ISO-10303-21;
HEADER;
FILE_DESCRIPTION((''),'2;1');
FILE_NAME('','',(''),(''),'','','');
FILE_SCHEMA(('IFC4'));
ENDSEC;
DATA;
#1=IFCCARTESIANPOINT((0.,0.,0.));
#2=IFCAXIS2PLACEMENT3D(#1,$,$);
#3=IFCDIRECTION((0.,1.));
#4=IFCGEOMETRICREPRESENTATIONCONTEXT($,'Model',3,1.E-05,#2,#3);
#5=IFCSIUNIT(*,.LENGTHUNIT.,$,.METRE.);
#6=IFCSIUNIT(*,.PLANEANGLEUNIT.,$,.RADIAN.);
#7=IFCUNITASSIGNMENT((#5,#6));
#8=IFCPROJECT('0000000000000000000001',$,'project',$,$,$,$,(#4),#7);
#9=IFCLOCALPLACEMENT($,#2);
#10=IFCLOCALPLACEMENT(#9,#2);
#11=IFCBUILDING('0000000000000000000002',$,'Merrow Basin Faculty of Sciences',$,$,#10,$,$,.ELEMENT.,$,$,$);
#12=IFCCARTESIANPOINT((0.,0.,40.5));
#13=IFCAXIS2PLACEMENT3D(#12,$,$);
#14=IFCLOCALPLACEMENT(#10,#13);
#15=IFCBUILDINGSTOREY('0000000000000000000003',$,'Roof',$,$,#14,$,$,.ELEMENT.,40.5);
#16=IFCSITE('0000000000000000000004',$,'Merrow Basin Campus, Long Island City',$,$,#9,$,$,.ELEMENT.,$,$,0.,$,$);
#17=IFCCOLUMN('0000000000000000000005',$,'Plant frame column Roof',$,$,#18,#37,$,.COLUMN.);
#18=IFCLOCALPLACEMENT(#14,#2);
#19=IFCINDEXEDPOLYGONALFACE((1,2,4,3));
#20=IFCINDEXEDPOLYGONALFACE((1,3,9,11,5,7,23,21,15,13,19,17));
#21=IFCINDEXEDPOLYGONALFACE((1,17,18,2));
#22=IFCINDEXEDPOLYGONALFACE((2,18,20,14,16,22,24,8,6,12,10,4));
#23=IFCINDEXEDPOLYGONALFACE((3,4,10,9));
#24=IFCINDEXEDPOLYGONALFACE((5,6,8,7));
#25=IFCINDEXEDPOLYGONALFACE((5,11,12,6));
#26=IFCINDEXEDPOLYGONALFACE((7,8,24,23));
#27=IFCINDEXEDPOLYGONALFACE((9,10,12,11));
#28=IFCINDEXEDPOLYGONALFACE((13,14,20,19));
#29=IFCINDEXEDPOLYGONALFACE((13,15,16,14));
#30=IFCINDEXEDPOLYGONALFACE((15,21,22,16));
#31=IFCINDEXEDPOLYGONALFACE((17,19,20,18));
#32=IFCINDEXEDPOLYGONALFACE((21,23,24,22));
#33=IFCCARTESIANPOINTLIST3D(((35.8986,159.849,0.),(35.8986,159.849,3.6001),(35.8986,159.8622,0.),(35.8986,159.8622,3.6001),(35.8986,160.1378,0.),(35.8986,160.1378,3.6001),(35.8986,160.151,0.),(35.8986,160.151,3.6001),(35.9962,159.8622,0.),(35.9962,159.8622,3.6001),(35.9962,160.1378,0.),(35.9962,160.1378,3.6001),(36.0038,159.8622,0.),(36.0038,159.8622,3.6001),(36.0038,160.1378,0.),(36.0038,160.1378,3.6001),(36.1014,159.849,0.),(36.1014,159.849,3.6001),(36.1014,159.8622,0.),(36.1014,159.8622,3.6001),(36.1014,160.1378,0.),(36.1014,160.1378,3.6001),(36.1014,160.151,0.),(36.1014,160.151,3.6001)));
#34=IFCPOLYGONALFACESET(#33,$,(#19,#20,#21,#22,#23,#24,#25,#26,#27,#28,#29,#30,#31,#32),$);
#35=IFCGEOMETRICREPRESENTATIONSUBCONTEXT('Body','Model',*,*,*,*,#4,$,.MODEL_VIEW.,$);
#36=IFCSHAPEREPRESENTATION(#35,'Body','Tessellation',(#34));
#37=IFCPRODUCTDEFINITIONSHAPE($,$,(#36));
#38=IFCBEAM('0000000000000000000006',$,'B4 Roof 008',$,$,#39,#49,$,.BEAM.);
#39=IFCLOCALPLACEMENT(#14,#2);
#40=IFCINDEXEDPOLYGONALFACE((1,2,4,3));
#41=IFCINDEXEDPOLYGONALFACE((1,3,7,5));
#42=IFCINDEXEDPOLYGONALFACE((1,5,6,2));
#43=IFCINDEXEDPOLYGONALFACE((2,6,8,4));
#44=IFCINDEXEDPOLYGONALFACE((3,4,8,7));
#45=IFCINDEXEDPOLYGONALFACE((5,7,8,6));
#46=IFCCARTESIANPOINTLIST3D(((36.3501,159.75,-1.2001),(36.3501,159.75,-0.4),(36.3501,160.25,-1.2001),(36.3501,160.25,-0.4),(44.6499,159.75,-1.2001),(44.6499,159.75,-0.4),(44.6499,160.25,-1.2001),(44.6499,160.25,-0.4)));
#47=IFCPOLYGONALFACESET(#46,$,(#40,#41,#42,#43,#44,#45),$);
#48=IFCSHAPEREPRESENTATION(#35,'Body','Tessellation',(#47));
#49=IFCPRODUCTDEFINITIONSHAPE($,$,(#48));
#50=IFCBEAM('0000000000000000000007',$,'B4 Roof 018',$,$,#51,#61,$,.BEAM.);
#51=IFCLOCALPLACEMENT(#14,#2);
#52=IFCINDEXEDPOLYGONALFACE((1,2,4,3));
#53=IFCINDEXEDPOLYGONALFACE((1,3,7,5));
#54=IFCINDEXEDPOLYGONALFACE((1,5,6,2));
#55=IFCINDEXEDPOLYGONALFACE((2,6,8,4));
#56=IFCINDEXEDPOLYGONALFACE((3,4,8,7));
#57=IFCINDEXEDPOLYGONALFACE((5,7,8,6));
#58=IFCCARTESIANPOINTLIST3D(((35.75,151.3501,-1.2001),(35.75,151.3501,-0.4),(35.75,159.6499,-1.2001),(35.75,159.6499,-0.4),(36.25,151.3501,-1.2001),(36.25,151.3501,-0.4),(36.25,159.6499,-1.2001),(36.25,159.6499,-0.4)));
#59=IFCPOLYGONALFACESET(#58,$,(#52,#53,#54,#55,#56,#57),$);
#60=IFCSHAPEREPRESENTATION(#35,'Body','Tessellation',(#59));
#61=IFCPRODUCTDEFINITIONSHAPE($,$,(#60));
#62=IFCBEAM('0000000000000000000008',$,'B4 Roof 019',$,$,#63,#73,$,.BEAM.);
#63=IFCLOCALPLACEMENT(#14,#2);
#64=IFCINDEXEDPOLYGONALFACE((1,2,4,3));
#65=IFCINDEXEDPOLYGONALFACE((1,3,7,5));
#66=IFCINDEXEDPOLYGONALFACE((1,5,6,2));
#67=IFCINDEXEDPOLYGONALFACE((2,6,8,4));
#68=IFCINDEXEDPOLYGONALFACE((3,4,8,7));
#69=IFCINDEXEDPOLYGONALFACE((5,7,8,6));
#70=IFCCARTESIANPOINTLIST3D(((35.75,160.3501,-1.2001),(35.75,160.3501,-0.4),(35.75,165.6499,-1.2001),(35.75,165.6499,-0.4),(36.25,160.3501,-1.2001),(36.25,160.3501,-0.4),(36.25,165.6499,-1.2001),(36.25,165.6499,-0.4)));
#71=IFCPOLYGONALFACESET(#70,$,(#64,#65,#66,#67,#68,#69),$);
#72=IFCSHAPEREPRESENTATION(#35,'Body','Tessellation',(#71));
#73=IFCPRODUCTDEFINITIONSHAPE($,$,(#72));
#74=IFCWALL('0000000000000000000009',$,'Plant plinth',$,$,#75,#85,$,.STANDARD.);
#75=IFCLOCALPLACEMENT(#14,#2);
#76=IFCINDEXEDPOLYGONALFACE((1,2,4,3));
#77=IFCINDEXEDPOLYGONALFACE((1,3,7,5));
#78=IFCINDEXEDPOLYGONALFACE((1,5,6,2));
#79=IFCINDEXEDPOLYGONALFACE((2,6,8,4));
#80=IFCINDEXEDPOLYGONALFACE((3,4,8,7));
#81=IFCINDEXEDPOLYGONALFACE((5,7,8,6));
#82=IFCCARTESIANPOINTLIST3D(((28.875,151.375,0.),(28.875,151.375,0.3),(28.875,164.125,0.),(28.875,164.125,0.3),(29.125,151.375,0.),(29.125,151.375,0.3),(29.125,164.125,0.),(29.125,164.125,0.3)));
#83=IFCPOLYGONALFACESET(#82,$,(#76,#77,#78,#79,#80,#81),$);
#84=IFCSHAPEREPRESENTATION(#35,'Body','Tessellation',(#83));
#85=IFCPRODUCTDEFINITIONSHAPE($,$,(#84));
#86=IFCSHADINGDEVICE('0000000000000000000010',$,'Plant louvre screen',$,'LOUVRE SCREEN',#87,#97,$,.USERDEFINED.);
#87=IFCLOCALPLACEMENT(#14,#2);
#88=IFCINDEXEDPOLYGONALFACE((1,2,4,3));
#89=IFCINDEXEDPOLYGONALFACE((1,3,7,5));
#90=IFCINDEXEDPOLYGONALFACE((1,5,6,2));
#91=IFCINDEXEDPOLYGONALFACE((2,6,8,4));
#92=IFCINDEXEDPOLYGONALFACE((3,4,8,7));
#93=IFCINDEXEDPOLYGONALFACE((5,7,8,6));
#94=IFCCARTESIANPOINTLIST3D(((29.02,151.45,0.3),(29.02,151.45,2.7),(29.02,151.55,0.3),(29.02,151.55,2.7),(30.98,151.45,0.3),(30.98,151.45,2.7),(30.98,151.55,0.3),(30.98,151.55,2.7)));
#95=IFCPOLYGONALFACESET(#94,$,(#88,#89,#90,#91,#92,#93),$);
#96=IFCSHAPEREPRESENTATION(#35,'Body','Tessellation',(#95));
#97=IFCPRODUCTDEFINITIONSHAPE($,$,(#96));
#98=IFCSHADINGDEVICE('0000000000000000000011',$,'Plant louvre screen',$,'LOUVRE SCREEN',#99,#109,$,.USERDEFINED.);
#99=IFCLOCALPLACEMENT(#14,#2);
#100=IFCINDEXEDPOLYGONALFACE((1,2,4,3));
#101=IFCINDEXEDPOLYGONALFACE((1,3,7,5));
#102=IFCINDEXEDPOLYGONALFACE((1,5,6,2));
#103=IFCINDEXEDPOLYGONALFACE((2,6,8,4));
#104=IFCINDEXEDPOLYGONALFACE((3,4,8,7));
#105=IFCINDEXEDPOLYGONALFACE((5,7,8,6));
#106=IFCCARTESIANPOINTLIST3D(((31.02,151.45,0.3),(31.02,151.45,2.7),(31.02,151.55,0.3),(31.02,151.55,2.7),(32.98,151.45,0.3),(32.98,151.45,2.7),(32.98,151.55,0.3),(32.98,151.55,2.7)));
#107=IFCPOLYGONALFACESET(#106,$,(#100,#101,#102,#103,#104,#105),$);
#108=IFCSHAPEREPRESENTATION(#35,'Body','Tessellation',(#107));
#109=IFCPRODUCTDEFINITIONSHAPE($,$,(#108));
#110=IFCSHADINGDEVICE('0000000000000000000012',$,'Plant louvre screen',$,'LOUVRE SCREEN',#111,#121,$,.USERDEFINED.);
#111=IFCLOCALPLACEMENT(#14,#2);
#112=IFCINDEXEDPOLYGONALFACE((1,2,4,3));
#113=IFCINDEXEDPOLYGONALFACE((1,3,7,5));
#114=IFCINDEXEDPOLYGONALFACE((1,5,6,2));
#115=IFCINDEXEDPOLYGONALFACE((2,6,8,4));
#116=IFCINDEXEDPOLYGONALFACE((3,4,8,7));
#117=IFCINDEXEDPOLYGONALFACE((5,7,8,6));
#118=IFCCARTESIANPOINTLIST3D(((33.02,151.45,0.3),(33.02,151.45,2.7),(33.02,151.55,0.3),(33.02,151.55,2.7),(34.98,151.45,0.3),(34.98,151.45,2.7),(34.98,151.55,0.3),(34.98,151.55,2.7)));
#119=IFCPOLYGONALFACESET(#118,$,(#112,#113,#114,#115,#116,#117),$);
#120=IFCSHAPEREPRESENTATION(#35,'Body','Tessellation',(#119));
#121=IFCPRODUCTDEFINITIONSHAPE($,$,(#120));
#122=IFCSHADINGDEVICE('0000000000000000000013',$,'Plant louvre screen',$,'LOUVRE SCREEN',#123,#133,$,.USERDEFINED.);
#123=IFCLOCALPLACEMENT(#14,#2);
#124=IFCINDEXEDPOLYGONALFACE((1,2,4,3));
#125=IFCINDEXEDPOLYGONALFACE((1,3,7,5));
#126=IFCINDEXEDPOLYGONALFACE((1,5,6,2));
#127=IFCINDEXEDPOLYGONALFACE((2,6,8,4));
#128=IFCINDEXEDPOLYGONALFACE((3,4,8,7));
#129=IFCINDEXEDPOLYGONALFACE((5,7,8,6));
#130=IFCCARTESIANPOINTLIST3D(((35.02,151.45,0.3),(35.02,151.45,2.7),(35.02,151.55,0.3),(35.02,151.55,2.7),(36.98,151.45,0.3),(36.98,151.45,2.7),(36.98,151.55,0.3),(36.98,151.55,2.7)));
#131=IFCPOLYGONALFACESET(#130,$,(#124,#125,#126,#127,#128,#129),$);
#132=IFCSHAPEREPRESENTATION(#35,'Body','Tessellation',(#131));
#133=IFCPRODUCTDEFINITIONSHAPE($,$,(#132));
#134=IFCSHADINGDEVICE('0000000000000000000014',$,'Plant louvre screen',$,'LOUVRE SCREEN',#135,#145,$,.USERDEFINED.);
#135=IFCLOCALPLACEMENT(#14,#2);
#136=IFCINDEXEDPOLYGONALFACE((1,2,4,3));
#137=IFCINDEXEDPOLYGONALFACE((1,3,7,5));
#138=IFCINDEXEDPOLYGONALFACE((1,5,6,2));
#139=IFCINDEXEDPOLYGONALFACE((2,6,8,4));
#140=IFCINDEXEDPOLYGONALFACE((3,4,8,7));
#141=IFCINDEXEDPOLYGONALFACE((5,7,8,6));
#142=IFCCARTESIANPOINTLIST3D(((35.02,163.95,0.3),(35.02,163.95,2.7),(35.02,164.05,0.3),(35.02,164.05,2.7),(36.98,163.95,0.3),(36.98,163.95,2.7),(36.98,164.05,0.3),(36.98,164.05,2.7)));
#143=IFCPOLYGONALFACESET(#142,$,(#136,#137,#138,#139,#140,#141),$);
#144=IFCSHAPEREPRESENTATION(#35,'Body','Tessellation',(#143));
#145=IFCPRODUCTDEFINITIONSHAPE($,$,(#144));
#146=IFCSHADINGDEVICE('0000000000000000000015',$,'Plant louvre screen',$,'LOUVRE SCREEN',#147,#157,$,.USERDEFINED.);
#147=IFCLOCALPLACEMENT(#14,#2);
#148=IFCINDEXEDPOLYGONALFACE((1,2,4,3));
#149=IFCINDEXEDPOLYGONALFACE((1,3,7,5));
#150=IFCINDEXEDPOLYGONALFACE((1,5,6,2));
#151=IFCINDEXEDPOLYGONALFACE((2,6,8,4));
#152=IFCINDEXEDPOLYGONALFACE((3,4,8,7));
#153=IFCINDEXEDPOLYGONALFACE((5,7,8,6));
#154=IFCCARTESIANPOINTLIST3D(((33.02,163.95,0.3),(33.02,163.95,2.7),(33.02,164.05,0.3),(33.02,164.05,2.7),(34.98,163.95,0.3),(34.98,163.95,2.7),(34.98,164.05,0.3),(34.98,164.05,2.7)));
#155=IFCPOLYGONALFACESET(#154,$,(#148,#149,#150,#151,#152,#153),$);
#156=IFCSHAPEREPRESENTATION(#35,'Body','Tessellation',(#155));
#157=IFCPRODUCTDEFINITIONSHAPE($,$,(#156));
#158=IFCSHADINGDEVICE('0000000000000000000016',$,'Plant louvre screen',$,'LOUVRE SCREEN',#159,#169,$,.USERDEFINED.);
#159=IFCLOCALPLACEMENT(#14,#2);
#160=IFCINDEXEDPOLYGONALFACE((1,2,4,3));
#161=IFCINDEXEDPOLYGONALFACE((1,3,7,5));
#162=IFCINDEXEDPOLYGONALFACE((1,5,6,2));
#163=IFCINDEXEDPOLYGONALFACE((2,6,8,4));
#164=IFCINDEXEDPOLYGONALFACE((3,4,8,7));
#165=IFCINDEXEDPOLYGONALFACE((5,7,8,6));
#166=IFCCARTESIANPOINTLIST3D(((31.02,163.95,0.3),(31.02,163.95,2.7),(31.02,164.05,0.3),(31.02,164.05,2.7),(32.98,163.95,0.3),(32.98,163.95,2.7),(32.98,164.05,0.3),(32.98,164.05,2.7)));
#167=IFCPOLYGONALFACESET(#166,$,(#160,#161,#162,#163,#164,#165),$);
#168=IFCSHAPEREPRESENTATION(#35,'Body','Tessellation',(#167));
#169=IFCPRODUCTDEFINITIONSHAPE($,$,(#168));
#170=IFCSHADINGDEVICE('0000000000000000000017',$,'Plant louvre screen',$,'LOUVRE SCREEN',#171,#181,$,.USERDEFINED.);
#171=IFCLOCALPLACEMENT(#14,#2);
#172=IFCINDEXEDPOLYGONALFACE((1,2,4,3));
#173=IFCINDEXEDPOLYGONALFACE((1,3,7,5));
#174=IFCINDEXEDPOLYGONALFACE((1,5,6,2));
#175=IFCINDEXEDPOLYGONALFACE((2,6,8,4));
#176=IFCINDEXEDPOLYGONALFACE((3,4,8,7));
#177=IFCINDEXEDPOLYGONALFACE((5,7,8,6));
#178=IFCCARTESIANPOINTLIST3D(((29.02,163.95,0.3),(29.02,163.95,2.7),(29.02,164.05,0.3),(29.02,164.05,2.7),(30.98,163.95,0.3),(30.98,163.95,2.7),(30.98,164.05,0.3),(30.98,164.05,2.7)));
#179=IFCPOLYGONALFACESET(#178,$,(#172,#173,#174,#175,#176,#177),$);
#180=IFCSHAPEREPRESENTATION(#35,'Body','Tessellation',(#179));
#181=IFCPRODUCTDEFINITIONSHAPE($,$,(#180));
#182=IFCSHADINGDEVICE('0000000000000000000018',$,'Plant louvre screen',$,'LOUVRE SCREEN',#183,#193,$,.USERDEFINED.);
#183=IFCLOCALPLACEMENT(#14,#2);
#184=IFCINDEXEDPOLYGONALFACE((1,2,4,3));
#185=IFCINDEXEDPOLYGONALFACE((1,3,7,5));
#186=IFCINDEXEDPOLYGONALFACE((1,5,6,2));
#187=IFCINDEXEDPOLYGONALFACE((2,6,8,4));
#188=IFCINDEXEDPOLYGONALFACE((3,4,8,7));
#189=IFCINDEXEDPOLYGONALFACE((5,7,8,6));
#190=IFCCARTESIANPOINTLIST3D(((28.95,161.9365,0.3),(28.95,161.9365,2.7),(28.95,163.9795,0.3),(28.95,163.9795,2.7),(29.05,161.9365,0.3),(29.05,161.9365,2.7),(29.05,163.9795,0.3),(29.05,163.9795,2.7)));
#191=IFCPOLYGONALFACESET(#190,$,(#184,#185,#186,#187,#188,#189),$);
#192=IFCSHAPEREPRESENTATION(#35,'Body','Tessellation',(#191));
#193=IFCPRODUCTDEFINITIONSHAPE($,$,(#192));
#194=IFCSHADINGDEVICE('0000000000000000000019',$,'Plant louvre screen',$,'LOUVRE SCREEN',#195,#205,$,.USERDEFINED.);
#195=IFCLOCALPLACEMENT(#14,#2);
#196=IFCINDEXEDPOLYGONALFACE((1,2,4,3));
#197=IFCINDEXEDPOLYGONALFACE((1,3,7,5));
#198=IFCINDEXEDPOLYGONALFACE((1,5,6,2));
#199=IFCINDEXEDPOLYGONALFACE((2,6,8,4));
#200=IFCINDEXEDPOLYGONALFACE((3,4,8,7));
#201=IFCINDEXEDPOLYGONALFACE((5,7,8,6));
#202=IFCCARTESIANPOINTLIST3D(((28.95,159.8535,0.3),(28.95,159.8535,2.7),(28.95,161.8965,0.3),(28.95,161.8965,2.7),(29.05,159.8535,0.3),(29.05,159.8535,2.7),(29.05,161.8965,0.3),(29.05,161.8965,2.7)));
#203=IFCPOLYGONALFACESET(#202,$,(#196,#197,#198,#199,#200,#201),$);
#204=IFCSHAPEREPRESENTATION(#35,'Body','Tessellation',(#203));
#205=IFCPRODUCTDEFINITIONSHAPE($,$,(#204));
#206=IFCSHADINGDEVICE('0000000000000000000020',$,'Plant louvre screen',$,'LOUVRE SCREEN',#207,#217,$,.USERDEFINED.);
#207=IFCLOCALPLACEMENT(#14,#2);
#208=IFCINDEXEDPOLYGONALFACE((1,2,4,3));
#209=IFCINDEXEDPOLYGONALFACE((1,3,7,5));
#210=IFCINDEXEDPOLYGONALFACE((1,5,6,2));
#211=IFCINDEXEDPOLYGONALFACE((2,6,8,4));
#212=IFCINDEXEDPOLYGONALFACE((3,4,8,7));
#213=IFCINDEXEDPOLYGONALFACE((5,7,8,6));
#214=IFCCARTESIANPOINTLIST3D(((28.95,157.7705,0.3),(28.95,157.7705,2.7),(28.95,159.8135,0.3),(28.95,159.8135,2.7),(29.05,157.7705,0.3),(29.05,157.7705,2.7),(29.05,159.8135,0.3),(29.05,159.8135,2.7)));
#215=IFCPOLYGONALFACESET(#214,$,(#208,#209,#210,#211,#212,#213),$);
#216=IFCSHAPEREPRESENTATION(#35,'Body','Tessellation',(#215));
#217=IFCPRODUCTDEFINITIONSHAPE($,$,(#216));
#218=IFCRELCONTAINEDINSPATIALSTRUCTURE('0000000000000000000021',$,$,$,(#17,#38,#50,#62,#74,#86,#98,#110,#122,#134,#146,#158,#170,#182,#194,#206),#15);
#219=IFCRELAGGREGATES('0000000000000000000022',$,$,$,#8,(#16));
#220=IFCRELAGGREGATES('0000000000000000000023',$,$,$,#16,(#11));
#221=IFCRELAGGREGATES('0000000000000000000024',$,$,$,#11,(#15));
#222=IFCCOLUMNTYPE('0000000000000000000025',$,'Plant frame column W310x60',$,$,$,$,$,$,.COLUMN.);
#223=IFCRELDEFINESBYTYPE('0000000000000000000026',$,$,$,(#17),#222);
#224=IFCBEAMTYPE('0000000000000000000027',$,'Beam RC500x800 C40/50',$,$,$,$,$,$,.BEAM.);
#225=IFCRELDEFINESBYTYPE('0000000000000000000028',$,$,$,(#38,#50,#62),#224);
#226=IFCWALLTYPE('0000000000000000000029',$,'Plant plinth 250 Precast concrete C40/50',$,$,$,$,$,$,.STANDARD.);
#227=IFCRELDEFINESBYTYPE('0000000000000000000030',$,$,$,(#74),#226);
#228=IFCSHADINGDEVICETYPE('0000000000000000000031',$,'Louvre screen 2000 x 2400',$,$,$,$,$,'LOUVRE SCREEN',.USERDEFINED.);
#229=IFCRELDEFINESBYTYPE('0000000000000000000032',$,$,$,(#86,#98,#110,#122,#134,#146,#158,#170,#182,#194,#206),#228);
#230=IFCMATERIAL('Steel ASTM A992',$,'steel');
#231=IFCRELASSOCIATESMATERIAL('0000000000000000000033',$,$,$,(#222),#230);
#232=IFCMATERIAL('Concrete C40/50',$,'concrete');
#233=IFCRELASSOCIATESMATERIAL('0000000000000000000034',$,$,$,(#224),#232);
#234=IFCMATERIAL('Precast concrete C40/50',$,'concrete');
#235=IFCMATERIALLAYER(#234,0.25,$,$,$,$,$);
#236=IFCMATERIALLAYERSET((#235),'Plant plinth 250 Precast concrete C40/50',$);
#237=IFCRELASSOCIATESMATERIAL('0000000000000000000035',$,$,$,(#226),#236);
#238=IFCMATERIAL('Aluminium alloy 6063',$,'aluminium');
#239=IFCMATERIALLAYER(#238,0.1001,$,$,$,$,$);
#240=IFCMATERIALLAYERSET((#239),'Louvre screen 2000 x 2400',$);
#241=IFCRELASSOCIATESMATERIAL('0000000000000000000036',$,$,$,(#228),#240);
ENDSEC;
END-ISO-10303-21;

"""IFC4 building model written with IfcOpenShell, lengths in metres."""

from ifc_helpers import new_model, si_unit, direction, frame, frame_2d, origin, origin_2d, place, context, subcontext, project, spatial, rectangle, i_section, extrude, material, layer, layer_set, material_profile, profile_set, type_object, element, save


model = new_model("IFC4")

# Units and contexts
model_context = context("Model", 3, precision=1e-05, world=origin(), true_north=direction((0.0, 1.0)))
body_context = subcontext(model_context, "Body", "Model", "MODEL_VIEW")
ifc_project = project(units=[si_unit("LENGTHUNIT", "METRE"), si_unit("PLANEANGLEUNIT", "RADIAN")], contexts=[model_context])

# Site, building, storey
site_placement = place(None, origin())
site = spatial("IfcSite", under=ifc_project, at=site_placement, Name="Merrow Basin Campus, Long Island City", CompositionType="ELEMENT", RefElevation=0.0)
building_placement = place(site_placement, origin())
building = spatial("IfcBuilding", under=site, at=building_placement, Name="Merrow Basin Faculty of Sciences", CompositionType="ELEMENT")
storey_placement = place(building_placement, frame((0.0, 0.0, 40.5)))
storey = spatial("IfcBuildingStorey", under=building, at=storey_placement, Name="Roof", CompositionType="ELEMENT", Elevation=40.5)

# Column
ifc_material_1 = material(Name="Steel ASTM A992", Category="steel")
ifc_material_profile_1 = material_profile(ifc_material_1, i_section(OverallWidth=0.2029, OverallDepth=0.302, WebThickness=0.0076, FlangeThickness=0.0132, at=origin_2d()))
ifc_profile_set_1 = profile_set([ifc_material_profile_1], Name="Steel ASTM A992")
column_type = type_object("IfcColumnType", Name="Plant frame column W310x60", PredefinedType="COLUMN", material=ifc_profile_set_1)
column_placement = place(storey_placement, frame((36.0, 160.0, 0.0), z_axis=(0.0, 0.0, 1.0), x_axis=(1.0, 0.0, 0.0)))
element("IfcColumn", 1, at=column_placement, inside=storey, type_object=column_type, Name="Plant frame column Roof", PredefinedType="COLUMN", context=body_context, shape_type="SweptSolid", body=[
    extrude(i_section(OverallWidth=0.2029, OverallDepth=0.302, WebThickness=0.0076, FlangeThickness=0.0132, at=origin_2d()), origin(), (0.0, 0.0, 1.0), 3.6001),
])

# Beams
ifc_material_2 = material(Name="Concrete C40/50", Category="concrete")
ifc_material_profile_2 = material_profile(ifc_material_2, rectangle(XDim=0.5, YDim=0.8, at=origin_2d()))
ifc_profile_set_2 = profile_set([ifc_material_profile_2], Name="Concrete C40/50")
beam_type = type_object("IfcBeamType", Name="Beam RC500x800 C40/50", PredefinedType="BEAM", material=ifc_profile_set_2)
for number, where, z_axis, x_axis, name in (
    (2, (36.3501, 160.0, -0.8), (1.0, 0.0, 0.0), (0.0, 1.0, 0.0), "B4 Roof 008"),
    (3, (36.0, 151.3501, -0.8), (0.0, 1.0, 0.0), (-1.0, 0.0, 0.0), "B4 Roof 018"),
):
    element("IfcBeam", number, at=place(storey_placement, frame(where, z_axis=z_axis, x_axis=x_axis)), inside=storey, type_object=beam_type, Name=name, PredefinedType="BEAM", context=body_context, shape_type="SweptSolid", body=[
        extrude(rectangle(XDim=0.5, YDim=0.8, at=origin_2d()), origin(), (0.0, 0.0, 1.0), 8.2998),
    ])
beam_placement = place(storey_placement, frame((36.0, 160.3501, -0.8), z_axis=(0.0, 1.0, 0.0), x_axis=(-1.0, 0.0, 0.0)))
element("IfcBeam", 4, at=beam_placement, inside=storey, type_object=beam_type, Name="B4 Roof 019", PredefinedType="BEAM", context=body_context, shape_type="SweptSolid", body=[
    extrude(rectangle(XDim=0.5, YDim=0.8, at=origin_2d()), origin(), (0.0, 0.0, 1.0), 5.2998),
])

# Wall
ifc_material_3 = material(Name="Precast concrete C40/50", Category="concrete")
ifc_layer_1 = layer(ifc_material_3, 0.25)
ifc_layer_set_1 = layer_set([ifc_layer_1], Name="Plant plinth 250 Precast concrete C40/50")
wall_type = type_object("IfcWallType", Name="Plant plinth 250 Precast concrete C40/50", PredefinedType="STANDARD", material=ifc_layer_set_1)
wall_placement = place(storey_placement, frame((29.0, 164.125, 0.0), z_axis=(0.0, 0.0, 1.0), x_axis=(0.0, -1.0, 0.0)))
element("IfcWall", 5, at=wall_placement, inside=storey, type_object=wall_type, Name="Plant plinth", PredefinedType="STANDARD", context=body_context, shape_type="SweptSolid", body=[
    extrude(rectangle(XDim=12.75, YDim=0.25, at=frame_2d((6.375, 0.0))), origin(), (0.0, 0.0, 1.0), 0.3),
])

# Shading devices
ifc_material_4 = material(Name="Aluminium alloy 6063", Category="aluminium")
ifc_layer_2 = layer(ifc_material_4, 0.1001)
ifc_layer_set_2 = layer_set([ifc_layer_2], Name="Louvre screen 2000 x 2400")
shading_device_type = type_object("IfcShadingDeviceType", Name="Louvre screen 2000 x 2400", ElementType="LOUVRE SCREEN", PredefinedType="USERDEFINED", material=ifc_layer_set_2)
for number, where, z_axis, x_axis, name in (
    (6, (30.0, 151.5, 0.3), (0.0, 0.0, 1.0), (1.0, 0.0, 0.0), "Plant louvre screen"),
    (7, (32.0, 151.5, 0.3), (0.0, 0.0, 1.0), (1.0, 0.0, 0.0), "Plant louvre screen"),
    (8, (34.0, 151.5, 0.3), (0.0, 0.0, 1.0), (1.0, 0.0, 0.0), "Plant louvre screen"),
    (9, (36.0, 151.5, 0.3), (0.0, 0.0, 1.0), (1.0, 0.0, 0.0), "Plant louvre screen"),
    (10, (36.0, 164.0, 0.3), (0.0, 0.0, 1.0), (1.0, 0.0, 0.0), "Plant louvre screen"),
    (11, (34.0, 164.0, 0.3), (0.0, 0.0, 1.0), (1.0, 0.0, 0.0), "Plant louvre screen"),
    (12, (32.0, 164.0, 0.3), (0.0, 0.0, 1.0), (1.0, 0.0, 0.0), "Plant louvre screen"),
    (13, (30.0, 164.0, 0.3), (0.0, 0.0, 1.0), (1.0, 0.0, 0.0), "Plant louvre screen"),
):
    element("IfcShadingDevice", number, at=place(storey_placement, frame(where, z_axis=z_axis, x_axis=x_axis)), inside=storey, type_object=shading_device_type, Name=name, ObjectType="LOUVRE SCREEN", PredefinedType="USERDEFINED", context=body_context, shape_type="SweptSolid", body=[
        extrude(rectangle(XDim=1.96, YDim=0.1001, at=origin_2d()), origin(), (0.0, 0.0, 1.0), 2.3999),
    ])
for number, where, z_axis, x_axis, name in (
    (14, (29.0, 162.958, 0.3), (0.0, 0.0, 1.0), (0.0, 1.0, 0.0), "Plant louvre screen"),
    (15, (29.0, 160.875, 0.3), (0.0, 0.0, 1.0), (0.0, 1.0, 0.0), "Plant louvre screen"),
    (16, (29.0, 158.792, 0.3), (0.0, 0.0, 1.0), (0.0, 1.0, 0.0), "Plant louvre screen"),
):
    element("IfcShadingDevice", number, at=place(storey_placement, frame(where, z_axis=z_axis, x_axis=x_axis)), inside=storey, type_object=shading_device_type, Name=name, ObjectType="LOUVRE SCREEN", PredefinedType="USERDEFINED", context=body_context, shape_type="SweptSolid", body=[
        extrude(rectangle(XDim=2.043, YDim=0.1001, at=origin_2d()), origin(), (0.0, 0.0, 1.0), 2.3999),
    ])

save(model, "model.ifc")
